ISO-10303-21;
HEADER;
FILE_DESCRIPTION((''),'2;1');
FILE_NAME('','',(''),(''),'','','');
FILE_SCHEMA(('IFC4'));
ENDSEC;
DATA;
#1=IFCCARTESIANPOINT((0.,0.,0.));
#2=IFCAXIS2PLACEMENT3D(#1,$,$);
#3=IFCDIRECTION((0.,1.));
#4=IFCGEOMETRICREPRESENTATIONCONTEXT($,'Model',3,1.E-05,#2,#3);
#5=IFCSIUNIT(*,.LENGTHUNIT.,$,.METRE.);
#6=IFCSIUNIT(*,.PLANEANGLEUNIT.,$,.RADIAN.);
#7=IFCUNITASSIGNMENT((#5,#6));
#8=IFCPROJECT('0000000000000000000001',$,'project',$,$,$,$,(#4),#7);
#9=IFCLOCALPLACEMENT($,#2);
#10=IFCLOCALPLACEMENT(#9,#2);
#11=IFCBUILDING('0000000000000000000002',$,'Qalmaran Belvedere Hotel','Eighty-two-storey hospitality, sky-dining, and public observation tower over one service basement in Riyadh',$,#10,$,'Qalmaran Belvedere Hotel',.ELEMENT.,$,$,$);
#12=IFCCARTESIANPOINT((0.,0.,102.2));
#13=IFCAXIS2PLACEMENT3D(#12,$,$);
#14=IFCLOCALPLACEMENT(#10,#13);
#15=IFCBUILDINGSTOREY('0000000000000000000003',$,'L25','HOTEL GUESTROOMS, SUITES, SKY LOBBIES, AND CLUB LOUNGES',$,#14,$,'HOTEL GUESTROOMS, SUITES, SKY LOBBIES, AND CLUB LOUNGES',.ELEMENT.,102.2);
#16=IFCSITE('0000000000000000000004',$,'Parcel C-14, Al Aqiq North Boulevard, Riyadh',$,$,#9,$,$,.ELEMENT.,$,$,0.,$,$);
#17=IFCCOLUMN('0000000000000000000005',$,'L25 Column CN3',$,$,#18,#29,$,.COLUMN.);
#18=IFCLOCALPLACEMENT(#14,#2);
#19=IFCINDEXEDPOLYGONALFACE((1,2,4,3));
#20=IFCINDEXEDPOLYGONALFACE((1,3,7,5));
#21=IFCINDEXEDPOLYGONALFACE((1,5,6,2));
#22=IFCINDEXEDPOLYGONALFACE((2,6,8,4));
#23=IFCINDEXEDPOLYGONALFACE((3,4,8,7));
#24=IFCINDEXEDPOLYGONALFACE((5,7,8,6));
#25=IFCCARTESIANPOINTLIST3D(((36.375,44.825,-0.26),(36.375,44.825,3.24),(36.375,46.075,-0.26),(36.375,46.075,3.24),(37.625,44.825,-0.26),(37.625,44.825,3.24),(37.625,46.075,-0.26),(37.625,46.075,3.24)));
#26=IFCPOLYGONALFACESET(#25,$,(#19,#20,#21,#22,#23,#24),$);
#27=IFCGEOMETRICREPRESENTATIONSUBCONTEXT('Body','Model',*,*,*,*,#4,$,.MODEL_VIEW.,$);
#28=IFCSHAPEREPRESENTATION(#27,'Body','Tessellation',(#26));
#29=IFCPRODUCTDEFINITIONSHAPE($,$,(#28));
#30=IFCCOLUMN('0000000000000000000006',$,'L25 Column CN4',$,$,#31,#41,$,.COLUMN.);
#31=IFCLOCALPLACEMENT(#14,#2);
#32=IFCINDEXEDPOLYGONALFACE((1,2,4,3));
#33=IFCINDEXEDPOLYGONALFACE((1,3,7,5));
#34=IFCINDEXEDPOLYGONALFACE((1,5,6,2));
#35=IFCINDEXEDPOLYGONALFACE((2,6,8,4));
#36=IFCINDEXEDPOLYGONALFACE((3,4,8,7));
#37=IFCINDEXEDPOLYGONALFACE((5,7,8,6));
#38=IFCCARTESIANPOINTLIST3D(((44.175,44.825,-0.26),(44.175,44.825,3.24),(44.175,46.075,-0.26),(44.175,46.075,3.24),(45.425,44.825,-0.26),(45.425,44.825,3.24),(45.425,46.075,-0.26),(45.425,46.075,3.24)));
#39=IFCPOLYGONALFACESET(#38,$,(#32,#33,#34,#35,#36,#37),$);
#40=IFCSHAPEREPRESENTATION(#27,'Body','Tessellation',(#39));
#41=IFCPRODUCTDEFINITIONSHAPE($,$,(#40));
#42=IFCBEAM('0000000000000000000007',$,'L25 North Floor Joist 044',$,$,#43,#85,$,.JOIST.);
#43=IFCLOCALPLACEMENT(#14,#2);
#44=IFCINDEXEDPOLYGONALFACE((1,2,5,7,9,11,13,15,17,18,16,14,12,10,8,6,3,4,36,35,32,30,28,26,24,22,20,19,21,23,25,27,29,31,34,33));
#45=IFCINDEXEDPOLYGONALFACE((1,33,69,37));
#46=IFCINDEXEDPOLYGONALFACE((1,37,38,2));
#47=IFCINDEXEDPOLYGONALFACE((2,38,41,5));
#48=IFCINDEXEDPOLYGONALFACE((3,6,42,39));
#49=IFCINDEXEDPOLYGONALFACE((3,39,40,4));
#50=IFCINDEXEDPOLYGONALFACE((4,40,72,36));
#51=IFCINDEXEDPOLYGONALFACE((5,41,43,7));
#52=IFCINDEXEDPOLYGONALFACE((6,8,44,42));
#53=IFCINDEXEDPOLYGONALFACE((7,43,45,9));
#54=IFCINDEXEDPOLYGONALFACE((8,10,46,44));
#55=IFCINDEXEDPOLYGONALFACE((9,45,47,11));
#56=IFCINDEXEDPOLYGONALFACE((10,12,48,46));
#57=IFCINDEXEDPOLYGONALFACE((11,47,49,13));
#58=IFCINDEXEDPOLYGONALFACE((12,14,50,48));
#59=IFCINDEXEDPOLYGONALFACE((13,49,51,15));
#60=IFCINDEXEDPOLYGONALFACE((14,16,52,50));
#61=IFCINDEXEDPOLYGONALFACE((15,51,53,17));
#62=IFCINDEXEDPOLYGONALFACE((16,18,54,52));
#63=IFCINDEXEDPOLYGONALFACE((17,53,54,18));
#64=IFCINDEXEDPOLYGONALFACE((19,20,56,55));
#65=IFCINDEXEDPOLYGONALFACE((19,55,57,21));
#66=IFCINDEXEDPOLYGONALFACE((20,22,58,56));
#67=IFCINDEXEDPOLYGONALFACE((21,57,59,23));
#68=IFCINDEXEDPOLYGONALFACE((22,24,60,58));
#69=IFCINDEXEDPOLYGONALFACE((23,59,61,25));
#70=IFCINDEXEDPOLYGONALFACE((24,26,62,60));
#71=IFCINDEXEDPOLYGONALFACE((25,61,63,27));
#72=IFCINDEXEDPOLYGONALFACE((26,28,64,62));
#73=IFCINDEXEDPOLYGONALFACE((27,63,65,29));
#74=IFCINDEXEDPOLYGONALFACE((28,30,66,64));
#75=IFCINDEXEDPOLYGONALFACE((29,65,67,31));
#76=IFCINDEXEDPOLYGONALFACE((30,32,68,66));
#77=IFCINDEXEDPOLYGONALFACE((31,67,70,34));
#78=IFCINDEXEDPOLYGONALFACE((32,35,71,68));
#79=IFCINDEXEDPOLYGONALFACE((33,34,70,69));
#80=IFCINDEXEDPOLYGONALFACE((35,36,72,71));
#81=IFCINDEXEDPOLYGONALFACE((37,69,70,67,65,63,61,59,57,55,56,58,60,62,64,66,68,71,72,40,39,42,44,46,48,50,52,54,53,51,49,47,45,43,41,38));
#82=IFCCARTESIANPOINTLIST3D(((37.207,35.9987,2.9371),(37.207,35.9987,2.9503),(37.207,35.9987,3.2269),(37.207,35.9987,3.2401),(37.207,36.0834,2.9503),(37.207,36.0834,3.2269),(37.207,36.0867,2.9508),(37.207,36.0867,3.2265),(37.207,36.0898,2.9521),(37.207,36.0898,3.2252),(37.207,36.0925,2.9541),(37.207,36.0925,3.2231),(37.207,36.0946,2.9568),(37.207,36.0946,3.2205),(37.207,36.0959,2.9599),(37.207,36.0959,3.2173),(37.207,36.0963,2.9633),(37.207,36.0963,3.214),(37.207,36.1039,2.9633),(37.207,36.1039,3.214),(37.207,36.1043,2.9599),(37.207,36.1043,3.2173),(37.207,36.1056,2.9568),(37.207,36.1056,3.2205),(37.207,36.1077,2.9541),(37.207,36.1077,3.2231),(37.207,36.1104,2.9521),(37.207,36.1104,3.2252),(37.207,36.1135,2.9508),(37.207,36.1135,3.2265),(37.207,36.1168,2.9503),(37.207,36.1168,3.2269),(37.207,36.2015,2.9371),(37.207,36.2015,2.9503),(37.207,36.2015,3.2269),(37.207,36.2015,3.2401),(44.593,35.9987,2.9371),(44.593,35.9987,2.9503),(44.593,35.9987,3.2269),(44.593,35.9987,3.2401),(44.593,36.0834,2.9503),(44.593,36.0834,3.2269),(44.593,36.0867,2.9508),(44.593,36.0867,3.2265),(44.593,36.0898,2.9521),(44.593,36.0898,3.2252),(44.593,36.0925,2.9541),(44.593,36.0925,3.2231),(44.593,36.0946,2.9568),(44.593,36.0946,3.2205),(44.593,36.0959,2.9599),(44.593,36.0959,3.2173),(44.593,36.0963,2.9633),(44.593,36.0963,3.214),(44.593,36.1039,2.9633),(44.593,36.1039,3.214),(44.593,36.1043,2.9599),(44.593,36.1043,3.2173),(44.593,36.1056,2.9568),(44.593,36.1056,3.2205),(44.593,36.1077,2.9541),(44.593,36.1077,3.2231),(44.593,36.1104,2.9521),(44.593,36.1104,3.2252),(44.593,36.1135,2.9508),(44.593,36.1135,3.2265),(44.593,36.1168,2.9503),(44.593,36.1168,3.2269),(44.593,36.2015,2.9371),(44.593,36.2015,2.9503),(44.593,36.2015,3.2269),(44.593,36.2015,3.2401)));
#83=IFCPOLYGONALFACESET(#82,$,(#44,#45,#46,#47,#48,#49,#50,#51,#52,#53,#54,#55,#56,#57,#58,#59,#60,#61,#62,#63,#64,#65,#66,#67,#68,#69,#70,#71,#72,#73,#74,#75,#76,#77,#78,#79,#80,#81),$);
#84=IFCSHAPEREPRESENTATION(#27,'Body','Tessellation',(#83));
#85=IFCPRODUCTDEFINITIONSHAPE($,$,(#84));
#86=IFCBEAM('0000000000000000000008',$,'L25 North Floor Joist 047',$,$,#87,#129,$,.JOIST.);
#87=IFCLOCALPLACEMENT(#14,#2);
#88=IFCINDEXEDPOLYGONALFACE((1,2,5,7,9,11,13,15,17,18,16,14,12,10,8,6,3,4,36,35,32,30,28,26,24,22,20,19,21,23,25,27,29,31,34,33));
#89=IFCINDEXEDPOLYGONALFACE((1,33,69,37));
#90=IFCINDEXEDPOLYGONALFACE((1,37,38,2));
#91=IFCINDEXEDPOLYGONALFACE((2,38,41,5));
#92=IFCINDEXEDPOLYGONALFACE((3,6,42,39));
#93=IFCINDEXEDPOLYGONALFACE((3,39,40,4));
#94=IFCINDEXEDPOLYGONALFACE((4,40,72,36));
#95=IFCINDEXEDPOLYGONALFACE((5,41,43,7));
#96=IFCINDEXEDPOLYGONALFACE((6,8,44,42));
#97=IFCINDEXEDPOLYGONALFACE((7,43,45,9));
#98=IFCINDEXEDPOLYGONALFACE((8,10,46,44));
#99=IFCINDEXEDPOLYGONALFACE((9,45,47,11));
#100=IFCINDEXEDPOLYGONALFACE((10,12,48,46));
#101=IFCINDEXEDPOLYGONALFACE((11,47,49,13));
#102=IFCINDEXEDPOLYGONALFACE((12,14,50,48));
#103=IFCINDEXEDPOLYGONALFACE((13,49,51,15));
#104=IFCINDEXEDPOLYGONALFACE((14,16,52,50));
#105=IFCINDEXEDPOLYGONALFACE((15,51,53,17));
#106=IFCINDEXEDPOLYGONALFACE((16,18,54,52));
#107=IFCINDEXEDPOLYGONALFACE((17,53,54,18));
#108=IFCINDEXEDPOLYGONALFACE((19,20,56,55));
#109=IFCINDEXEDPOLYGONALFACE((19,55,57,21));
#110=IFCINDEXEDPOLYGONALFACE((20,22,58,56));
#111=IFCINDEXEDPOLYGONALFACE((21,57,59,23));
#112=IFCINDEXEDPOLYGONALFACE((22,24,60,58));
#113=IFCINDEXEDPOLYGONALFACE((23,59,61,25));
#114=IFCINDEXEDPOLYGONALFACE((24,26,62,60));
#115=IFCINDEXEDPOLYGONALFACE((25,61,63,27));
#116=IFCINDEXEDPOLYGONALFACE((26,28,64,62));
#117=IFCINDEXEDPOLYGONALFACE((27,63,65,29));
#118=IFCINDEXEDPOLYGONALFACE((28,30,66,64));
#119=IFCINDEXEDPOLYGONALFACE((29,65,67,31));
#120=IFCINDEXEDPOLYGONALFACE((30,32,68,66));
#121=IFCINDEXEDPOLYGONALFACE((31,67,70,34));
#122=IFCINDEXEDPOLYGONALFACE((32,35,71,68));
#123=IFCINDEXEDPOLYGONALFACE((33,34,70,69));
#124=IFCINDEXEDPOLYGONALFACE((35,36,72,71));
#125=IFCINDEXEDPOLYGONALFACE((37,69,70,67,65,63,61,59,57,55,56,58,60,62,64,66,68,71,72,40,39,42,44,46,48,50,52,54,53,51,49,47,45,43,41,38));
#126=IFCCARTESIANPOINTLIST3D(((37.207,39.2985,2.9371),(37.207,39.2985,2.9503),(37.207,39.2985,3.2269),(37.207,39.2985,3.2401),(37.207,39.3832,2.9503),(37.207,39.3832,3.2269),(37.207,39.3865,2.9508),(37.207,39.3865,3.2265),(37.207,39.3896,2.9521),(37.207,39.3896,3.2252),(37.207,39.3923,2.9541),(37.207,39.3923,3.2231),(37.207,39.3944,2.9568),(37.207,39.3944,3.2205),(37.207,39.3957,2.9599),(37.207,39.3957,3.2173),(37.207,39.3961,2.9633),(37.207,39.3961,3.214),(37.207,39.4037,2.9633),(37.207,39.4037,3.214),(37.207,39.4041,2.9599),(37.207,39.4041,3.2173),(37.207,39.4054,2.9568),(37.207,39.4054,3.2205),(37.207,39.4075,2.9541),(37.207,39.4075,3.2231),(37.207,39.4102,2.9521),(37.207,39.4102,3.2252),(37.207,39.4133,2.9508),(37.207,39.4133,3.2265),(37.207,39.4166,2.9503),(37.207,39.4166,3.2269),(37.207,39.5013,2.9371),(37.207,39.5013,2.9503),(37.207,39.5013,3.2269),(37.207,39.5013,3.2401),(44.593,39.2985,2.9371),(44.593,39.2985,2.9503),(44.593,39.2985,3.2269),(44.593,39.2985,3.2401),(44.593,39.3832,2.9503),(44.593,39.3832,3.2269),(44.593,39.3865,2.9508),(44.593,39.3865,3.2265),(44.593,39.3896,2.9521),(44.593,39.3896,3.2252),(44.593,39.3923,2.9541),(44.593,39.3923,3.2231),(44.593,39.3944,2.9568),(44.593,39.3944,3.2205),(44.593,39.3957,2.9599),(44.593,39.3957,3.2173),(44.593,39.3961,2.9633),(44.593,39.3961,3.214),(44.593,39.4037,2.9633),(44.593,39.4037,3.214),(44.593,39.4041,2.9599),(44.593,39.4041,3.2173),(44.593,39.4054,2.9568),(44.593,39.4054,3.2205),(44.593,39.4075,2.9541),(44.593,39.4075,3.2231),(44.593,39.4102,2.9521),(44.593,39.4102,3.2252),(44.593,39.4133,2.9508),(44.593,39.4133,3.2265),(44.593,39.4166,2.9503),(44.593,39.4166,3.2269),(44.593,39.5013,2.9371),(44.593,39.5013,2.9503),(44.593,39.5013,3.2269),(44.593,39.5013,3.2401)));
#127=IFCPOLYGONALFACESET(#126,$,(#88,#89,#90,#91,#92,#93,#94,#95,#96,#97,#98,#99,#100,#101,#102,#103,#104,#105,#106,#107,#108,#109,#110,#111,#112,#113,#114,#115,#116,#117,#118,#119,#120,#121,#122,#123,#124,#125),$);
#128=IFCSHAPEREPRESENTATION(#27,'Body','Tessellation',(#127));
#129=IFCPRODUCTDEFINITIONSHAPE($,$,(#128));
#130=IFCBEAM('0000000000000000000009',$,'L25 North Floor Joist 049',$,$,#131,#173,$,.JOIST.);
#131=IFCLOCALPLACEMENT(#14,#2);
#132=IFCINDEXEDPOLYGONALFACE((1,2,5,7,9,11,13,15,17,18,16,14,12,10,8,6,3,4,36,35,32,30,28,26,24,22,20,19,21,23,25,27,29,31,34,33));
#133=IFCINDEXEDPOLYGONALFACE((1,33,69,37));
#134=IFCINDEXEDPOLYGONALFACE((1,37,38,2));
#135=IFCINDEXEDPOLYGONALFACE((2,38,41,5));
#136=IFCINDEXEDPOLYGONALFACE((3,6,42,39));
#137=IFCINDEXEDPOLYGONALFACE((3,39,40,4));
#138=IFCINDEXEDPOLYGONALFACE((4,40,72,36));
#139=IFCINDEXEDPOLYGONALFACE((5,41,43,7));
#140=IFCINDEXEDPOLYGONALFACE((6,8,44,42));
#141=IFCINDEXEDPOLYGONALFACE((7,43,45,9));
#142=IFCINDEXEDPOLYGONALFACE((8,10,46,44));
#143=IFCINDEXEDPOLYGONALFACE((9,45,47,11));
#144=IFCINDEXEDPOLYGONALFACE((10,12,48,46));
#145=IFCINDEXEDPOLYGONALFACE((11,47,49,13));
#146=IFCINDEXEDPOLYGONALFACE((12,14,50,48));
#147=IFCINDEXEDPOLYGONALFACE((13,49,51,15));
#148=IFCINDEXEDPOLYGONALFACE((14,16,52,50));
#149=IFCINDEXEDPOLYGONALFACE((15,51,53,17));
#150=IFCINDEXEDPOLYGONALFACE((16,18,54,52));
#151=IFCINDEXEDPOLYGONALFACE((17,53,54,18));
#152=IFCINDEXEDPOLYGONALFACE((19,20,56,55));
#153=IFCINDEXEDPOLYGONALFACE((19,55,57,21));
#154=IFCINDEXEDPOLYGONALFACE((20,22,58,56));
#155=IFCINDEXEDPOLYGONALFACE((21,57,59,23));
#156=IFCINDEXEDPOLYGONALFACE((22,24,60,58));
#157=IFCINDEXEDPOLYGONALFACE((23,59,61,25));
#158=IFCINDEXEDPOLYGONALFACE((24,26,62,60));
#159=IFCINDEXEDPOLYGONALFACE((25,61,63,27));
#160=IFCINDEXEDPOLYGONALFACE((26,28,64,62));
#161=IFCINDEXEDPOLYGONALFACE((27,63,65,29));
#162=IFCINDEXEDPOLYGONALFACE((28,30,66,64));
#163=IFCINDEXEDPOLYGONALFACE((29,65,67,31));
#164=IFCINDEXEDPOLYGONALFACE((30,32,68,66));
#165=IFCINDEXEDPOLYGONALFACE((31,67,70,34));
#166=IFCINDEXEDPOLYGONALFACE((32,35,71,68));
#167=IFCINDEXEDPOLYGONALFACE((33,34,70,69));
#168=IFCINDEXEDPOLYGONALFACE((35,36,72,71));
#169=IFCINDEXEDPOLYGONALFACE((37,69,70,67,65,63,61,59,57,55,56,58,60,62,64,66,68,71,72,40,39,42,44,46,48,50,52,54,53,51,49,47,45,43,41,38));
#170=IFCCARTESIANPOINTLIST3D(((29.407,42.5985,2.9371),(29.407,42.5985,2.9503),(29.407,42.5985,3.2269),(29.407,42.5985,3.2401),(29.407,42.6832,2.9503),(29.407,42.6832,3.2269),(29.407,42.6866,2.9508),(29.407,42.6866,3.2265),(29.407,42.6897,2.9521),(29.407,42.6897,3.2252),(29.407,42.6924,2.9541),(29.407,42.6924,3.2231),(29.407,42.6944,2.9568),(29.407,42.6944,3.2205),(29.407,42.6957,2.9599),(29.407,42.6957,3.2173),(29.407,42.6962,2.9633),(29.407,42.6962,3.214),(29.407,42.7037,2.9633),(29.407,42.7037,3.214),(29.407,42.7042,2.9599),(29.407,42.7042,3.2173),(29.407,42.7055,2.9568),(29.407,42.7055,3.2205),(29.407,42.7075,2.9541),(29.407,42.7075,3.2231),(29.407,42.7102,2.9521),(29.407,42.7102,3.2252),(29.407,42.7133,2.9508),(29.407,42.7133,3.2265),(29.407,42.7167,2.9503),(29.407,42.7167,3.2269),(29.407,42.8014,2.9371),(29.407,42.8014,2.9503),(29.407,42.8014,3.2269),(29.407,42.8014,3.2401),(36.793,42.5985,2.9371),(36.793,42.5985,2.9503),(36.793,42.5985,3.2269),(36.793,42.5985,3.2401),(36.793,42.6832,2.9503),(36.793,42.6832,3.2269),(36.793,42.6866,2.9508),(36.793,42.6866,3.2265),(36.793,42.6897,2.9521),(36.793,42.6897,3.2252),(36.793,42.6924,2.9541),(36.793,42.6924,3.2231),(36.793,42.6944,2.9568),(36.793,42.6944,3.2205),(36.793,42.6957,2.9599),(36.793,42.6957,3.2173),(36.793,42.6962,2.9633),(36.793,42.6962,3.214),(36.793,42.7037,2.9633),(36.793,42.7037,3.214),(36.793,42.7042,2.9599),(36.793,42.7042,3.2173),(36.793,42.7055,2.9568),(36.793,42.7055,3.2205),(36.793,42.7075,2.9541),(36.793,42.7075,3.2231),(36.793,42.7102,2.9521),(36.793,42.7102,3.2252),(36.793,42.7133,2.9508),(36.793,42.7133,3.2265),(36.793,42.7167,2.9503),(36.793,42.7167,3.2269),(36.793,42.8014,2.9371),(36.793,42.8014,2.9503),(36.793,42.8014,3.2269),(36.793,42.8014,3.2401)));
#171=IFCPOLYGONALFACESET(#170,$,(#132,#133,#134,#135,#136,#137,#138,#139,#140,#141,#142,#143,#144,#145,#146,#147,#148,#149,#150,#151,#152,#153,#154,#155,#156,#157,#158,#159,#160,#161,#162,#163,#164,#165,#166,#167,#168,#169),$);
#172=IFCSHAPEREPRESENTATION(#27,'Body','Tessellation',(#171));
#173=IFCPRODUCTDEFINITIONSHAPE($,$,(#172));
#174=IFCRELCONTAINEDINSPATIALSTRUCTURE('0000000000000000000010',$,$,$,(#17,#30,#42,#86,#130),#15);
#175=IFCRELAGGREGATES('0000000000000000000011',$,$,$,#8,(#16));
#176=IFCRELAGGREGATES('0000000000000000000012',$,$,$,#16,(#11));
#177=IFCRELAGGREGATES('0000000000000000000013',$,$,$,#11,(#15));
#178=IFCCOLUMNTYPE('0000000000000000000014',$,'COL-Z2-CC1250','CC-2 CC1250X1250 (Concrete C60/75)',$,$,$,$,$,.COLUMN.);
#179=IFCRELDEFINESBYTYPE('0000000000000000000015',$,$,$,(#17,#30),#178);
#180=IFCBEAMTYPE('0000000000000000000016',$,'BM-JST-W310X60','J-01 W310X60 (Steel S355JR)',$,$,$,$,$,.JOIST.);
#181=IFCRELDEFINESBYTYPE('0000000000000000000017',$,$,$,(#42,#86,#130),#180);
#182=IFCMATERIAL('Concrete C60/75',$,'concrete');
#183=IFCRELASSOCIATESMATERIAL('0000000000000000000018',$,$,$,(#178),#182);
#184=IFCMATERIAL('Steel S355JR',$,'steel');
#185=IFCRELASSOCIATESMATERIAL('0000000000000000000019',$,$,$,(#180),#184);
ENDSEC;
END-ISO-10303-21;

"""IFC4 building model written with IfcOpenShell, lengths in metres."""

from ifc_helpers import new_model, si_unit, direction, frame, origin, origin_2d, place, context, subcontext, project, spatial, rectangle, i_section, extrude, material, material_profile, profile_set, type_object, element, save


model = new_model("IFC4")

# Units and contexts
model_context = context("Model", 3, precision=1e-05, world=origin(), true_north=direction((0.0, 1.0)))
body_context = subcontext(model_context, "Body", "Model", "MODEL_VIEW")
ifc_project = project(units=[si_unit("LENGTHUNIT", "METRE"), si_unit("PLANEANGLEUNIT", "RADIAN")], contexts=[model_context])

# Site, building, storey
site_placement = place(None, origin())
site = spatial("IfcSite", under=ifc_project, at=site_placement, Name="Parcel C-14, Al Aqiq North Boulevard, Riyadh", CompositionType="ELEMENT", RefElevation=0.0)
building_placement = place(site_placement, origin())
building = spatial("IfcBuilding", under=site, at=building_placement, Name="Qalmaran Belvedere Hotel", Description="Eighty-two-storey hospitality, sky-dining, and public observation tower over one service basement in Riyadh", LongName="Qalmaran Belvedere Hotel", CompositionType="ELEMENT")
storey_placement = place(building_placement, frame((0.0, 0.0, 102.2)))
storey = spatial("IfcBuildingStorey", under=building, at=storey_placement, Name="L25", Description="HOTEL GUESTROOMS, SUITES, SKY LOBBIES, AND CLUB LOUNGES", LongName="HOTEL GUESTROOMS, SUITES, SKY LOBBIES, AND CLUB LOUNGES", CompositionType="ELEMENT", Elevation=102.2)

# Columns
ifc_material_1 = material(Name="Concrete C60/75", Category="concrete")
ifc_material_profile_1 = material_profile(ifc_material_1, rectangle(XDim=1.25, YDim=1.25, at=origin_2d()), Name="CC1250X1250")
ifc_profile_set_1 = profile_set([ifc_material_profile_1], Name="Concrete C60/75")
column_type = type_object("IfcColumnType", Name="COL-Z2-CC1250", Description="CC-2 CC1250X1250 (Concrete C60/75)", PredefinedType="COLUMN", material=ifc_profile_set_1)
for number, where, z_axis, x_axis, name in (
    (1, (37.0, 45.45, -0.26), (0.0, 0.0, 1.0), (1.0, 0.0, 0.0), "L25 Column CN3"),
    (2, (44.8, 45.45, -0.26), (0.0, 0.0, 1.0), (1.0, 0.0, 0.0), "L25 Column CN4"),
):
    element("IfcColumn", number, at=place(storey_placement, frame(where, z_axis=z_axis, x_axis=x_axis)), inside=storey, type_object=column_type, Name=name, PredefinedType="COLUMN", context=body_context, shape_type="SweptSolid", body=[
        extrude(rectangle(XDim=1.25, YDim=1.25, at=origin_2d()), origin(), (0.0, 0.0, 1.0), 3.5),
    ])

# Beams
ifc_material_2 = material(Name="Steel S355JR", Category="steel")
ifc_material_profile_2 = material_profile(ifc_material_2, i_section(OverallWidth=0.2029, OverallDepth=0.303, WebThickness=0.0076, FlangeThickness=0.0132, FilletRadius=0.0129, at=origin_2d()), Name="W310X60")
ifc_profile_set_2 = profile_set([ifc_material_profile_2], Name="Steel S355JR")
beam_type_1 = type_object("IfcBeamType", Name="BM-JST-W310X60", Description="J-01 W310X60 (Steel S355JR)", PredefinedType="JOIST", material=ifc_profile_set_2)
for number, where, z_axis, x_axis, name in (
    (3, (37.207, 36.1001, 3.0886), (1.0, 0.0, 0.0), (0.0, 1.0, 0.0), "L25 North Floor Joist 044"),
    (4, (37.207, 39.3999, 3.0886), (1.0, 0.0, 0.0), (0.0, 1.0, 0.0), "L25 North Floor Joist 047"),
    (5, (29.407, 42.7, 3.0886), (1.0, 0.0, 0.0), (0.0, 1.0, 0.0), "L25 North Floor Joist 049"),
):
    element("IfcBeam", number, at=place(storey_placement, frame(where, z_axis=z_axis, x_axis=x_axis)), inside=storey, type_object=beam_type_1, Name=name, PredefinedType="JOIST", context=body_context, shape_type="SweptSolid", body=[
        extrude(i_section(OverallWidth=0.2029, OverallDepth=0.303, WebThickness=0.0076, FlangeThickness=0.0132, FilletRadius=0.0129, at=origin_2d()), origin(), (0.0, 0.0, 1.0), 7.386),
    ])

save(model, "model.ifc")
